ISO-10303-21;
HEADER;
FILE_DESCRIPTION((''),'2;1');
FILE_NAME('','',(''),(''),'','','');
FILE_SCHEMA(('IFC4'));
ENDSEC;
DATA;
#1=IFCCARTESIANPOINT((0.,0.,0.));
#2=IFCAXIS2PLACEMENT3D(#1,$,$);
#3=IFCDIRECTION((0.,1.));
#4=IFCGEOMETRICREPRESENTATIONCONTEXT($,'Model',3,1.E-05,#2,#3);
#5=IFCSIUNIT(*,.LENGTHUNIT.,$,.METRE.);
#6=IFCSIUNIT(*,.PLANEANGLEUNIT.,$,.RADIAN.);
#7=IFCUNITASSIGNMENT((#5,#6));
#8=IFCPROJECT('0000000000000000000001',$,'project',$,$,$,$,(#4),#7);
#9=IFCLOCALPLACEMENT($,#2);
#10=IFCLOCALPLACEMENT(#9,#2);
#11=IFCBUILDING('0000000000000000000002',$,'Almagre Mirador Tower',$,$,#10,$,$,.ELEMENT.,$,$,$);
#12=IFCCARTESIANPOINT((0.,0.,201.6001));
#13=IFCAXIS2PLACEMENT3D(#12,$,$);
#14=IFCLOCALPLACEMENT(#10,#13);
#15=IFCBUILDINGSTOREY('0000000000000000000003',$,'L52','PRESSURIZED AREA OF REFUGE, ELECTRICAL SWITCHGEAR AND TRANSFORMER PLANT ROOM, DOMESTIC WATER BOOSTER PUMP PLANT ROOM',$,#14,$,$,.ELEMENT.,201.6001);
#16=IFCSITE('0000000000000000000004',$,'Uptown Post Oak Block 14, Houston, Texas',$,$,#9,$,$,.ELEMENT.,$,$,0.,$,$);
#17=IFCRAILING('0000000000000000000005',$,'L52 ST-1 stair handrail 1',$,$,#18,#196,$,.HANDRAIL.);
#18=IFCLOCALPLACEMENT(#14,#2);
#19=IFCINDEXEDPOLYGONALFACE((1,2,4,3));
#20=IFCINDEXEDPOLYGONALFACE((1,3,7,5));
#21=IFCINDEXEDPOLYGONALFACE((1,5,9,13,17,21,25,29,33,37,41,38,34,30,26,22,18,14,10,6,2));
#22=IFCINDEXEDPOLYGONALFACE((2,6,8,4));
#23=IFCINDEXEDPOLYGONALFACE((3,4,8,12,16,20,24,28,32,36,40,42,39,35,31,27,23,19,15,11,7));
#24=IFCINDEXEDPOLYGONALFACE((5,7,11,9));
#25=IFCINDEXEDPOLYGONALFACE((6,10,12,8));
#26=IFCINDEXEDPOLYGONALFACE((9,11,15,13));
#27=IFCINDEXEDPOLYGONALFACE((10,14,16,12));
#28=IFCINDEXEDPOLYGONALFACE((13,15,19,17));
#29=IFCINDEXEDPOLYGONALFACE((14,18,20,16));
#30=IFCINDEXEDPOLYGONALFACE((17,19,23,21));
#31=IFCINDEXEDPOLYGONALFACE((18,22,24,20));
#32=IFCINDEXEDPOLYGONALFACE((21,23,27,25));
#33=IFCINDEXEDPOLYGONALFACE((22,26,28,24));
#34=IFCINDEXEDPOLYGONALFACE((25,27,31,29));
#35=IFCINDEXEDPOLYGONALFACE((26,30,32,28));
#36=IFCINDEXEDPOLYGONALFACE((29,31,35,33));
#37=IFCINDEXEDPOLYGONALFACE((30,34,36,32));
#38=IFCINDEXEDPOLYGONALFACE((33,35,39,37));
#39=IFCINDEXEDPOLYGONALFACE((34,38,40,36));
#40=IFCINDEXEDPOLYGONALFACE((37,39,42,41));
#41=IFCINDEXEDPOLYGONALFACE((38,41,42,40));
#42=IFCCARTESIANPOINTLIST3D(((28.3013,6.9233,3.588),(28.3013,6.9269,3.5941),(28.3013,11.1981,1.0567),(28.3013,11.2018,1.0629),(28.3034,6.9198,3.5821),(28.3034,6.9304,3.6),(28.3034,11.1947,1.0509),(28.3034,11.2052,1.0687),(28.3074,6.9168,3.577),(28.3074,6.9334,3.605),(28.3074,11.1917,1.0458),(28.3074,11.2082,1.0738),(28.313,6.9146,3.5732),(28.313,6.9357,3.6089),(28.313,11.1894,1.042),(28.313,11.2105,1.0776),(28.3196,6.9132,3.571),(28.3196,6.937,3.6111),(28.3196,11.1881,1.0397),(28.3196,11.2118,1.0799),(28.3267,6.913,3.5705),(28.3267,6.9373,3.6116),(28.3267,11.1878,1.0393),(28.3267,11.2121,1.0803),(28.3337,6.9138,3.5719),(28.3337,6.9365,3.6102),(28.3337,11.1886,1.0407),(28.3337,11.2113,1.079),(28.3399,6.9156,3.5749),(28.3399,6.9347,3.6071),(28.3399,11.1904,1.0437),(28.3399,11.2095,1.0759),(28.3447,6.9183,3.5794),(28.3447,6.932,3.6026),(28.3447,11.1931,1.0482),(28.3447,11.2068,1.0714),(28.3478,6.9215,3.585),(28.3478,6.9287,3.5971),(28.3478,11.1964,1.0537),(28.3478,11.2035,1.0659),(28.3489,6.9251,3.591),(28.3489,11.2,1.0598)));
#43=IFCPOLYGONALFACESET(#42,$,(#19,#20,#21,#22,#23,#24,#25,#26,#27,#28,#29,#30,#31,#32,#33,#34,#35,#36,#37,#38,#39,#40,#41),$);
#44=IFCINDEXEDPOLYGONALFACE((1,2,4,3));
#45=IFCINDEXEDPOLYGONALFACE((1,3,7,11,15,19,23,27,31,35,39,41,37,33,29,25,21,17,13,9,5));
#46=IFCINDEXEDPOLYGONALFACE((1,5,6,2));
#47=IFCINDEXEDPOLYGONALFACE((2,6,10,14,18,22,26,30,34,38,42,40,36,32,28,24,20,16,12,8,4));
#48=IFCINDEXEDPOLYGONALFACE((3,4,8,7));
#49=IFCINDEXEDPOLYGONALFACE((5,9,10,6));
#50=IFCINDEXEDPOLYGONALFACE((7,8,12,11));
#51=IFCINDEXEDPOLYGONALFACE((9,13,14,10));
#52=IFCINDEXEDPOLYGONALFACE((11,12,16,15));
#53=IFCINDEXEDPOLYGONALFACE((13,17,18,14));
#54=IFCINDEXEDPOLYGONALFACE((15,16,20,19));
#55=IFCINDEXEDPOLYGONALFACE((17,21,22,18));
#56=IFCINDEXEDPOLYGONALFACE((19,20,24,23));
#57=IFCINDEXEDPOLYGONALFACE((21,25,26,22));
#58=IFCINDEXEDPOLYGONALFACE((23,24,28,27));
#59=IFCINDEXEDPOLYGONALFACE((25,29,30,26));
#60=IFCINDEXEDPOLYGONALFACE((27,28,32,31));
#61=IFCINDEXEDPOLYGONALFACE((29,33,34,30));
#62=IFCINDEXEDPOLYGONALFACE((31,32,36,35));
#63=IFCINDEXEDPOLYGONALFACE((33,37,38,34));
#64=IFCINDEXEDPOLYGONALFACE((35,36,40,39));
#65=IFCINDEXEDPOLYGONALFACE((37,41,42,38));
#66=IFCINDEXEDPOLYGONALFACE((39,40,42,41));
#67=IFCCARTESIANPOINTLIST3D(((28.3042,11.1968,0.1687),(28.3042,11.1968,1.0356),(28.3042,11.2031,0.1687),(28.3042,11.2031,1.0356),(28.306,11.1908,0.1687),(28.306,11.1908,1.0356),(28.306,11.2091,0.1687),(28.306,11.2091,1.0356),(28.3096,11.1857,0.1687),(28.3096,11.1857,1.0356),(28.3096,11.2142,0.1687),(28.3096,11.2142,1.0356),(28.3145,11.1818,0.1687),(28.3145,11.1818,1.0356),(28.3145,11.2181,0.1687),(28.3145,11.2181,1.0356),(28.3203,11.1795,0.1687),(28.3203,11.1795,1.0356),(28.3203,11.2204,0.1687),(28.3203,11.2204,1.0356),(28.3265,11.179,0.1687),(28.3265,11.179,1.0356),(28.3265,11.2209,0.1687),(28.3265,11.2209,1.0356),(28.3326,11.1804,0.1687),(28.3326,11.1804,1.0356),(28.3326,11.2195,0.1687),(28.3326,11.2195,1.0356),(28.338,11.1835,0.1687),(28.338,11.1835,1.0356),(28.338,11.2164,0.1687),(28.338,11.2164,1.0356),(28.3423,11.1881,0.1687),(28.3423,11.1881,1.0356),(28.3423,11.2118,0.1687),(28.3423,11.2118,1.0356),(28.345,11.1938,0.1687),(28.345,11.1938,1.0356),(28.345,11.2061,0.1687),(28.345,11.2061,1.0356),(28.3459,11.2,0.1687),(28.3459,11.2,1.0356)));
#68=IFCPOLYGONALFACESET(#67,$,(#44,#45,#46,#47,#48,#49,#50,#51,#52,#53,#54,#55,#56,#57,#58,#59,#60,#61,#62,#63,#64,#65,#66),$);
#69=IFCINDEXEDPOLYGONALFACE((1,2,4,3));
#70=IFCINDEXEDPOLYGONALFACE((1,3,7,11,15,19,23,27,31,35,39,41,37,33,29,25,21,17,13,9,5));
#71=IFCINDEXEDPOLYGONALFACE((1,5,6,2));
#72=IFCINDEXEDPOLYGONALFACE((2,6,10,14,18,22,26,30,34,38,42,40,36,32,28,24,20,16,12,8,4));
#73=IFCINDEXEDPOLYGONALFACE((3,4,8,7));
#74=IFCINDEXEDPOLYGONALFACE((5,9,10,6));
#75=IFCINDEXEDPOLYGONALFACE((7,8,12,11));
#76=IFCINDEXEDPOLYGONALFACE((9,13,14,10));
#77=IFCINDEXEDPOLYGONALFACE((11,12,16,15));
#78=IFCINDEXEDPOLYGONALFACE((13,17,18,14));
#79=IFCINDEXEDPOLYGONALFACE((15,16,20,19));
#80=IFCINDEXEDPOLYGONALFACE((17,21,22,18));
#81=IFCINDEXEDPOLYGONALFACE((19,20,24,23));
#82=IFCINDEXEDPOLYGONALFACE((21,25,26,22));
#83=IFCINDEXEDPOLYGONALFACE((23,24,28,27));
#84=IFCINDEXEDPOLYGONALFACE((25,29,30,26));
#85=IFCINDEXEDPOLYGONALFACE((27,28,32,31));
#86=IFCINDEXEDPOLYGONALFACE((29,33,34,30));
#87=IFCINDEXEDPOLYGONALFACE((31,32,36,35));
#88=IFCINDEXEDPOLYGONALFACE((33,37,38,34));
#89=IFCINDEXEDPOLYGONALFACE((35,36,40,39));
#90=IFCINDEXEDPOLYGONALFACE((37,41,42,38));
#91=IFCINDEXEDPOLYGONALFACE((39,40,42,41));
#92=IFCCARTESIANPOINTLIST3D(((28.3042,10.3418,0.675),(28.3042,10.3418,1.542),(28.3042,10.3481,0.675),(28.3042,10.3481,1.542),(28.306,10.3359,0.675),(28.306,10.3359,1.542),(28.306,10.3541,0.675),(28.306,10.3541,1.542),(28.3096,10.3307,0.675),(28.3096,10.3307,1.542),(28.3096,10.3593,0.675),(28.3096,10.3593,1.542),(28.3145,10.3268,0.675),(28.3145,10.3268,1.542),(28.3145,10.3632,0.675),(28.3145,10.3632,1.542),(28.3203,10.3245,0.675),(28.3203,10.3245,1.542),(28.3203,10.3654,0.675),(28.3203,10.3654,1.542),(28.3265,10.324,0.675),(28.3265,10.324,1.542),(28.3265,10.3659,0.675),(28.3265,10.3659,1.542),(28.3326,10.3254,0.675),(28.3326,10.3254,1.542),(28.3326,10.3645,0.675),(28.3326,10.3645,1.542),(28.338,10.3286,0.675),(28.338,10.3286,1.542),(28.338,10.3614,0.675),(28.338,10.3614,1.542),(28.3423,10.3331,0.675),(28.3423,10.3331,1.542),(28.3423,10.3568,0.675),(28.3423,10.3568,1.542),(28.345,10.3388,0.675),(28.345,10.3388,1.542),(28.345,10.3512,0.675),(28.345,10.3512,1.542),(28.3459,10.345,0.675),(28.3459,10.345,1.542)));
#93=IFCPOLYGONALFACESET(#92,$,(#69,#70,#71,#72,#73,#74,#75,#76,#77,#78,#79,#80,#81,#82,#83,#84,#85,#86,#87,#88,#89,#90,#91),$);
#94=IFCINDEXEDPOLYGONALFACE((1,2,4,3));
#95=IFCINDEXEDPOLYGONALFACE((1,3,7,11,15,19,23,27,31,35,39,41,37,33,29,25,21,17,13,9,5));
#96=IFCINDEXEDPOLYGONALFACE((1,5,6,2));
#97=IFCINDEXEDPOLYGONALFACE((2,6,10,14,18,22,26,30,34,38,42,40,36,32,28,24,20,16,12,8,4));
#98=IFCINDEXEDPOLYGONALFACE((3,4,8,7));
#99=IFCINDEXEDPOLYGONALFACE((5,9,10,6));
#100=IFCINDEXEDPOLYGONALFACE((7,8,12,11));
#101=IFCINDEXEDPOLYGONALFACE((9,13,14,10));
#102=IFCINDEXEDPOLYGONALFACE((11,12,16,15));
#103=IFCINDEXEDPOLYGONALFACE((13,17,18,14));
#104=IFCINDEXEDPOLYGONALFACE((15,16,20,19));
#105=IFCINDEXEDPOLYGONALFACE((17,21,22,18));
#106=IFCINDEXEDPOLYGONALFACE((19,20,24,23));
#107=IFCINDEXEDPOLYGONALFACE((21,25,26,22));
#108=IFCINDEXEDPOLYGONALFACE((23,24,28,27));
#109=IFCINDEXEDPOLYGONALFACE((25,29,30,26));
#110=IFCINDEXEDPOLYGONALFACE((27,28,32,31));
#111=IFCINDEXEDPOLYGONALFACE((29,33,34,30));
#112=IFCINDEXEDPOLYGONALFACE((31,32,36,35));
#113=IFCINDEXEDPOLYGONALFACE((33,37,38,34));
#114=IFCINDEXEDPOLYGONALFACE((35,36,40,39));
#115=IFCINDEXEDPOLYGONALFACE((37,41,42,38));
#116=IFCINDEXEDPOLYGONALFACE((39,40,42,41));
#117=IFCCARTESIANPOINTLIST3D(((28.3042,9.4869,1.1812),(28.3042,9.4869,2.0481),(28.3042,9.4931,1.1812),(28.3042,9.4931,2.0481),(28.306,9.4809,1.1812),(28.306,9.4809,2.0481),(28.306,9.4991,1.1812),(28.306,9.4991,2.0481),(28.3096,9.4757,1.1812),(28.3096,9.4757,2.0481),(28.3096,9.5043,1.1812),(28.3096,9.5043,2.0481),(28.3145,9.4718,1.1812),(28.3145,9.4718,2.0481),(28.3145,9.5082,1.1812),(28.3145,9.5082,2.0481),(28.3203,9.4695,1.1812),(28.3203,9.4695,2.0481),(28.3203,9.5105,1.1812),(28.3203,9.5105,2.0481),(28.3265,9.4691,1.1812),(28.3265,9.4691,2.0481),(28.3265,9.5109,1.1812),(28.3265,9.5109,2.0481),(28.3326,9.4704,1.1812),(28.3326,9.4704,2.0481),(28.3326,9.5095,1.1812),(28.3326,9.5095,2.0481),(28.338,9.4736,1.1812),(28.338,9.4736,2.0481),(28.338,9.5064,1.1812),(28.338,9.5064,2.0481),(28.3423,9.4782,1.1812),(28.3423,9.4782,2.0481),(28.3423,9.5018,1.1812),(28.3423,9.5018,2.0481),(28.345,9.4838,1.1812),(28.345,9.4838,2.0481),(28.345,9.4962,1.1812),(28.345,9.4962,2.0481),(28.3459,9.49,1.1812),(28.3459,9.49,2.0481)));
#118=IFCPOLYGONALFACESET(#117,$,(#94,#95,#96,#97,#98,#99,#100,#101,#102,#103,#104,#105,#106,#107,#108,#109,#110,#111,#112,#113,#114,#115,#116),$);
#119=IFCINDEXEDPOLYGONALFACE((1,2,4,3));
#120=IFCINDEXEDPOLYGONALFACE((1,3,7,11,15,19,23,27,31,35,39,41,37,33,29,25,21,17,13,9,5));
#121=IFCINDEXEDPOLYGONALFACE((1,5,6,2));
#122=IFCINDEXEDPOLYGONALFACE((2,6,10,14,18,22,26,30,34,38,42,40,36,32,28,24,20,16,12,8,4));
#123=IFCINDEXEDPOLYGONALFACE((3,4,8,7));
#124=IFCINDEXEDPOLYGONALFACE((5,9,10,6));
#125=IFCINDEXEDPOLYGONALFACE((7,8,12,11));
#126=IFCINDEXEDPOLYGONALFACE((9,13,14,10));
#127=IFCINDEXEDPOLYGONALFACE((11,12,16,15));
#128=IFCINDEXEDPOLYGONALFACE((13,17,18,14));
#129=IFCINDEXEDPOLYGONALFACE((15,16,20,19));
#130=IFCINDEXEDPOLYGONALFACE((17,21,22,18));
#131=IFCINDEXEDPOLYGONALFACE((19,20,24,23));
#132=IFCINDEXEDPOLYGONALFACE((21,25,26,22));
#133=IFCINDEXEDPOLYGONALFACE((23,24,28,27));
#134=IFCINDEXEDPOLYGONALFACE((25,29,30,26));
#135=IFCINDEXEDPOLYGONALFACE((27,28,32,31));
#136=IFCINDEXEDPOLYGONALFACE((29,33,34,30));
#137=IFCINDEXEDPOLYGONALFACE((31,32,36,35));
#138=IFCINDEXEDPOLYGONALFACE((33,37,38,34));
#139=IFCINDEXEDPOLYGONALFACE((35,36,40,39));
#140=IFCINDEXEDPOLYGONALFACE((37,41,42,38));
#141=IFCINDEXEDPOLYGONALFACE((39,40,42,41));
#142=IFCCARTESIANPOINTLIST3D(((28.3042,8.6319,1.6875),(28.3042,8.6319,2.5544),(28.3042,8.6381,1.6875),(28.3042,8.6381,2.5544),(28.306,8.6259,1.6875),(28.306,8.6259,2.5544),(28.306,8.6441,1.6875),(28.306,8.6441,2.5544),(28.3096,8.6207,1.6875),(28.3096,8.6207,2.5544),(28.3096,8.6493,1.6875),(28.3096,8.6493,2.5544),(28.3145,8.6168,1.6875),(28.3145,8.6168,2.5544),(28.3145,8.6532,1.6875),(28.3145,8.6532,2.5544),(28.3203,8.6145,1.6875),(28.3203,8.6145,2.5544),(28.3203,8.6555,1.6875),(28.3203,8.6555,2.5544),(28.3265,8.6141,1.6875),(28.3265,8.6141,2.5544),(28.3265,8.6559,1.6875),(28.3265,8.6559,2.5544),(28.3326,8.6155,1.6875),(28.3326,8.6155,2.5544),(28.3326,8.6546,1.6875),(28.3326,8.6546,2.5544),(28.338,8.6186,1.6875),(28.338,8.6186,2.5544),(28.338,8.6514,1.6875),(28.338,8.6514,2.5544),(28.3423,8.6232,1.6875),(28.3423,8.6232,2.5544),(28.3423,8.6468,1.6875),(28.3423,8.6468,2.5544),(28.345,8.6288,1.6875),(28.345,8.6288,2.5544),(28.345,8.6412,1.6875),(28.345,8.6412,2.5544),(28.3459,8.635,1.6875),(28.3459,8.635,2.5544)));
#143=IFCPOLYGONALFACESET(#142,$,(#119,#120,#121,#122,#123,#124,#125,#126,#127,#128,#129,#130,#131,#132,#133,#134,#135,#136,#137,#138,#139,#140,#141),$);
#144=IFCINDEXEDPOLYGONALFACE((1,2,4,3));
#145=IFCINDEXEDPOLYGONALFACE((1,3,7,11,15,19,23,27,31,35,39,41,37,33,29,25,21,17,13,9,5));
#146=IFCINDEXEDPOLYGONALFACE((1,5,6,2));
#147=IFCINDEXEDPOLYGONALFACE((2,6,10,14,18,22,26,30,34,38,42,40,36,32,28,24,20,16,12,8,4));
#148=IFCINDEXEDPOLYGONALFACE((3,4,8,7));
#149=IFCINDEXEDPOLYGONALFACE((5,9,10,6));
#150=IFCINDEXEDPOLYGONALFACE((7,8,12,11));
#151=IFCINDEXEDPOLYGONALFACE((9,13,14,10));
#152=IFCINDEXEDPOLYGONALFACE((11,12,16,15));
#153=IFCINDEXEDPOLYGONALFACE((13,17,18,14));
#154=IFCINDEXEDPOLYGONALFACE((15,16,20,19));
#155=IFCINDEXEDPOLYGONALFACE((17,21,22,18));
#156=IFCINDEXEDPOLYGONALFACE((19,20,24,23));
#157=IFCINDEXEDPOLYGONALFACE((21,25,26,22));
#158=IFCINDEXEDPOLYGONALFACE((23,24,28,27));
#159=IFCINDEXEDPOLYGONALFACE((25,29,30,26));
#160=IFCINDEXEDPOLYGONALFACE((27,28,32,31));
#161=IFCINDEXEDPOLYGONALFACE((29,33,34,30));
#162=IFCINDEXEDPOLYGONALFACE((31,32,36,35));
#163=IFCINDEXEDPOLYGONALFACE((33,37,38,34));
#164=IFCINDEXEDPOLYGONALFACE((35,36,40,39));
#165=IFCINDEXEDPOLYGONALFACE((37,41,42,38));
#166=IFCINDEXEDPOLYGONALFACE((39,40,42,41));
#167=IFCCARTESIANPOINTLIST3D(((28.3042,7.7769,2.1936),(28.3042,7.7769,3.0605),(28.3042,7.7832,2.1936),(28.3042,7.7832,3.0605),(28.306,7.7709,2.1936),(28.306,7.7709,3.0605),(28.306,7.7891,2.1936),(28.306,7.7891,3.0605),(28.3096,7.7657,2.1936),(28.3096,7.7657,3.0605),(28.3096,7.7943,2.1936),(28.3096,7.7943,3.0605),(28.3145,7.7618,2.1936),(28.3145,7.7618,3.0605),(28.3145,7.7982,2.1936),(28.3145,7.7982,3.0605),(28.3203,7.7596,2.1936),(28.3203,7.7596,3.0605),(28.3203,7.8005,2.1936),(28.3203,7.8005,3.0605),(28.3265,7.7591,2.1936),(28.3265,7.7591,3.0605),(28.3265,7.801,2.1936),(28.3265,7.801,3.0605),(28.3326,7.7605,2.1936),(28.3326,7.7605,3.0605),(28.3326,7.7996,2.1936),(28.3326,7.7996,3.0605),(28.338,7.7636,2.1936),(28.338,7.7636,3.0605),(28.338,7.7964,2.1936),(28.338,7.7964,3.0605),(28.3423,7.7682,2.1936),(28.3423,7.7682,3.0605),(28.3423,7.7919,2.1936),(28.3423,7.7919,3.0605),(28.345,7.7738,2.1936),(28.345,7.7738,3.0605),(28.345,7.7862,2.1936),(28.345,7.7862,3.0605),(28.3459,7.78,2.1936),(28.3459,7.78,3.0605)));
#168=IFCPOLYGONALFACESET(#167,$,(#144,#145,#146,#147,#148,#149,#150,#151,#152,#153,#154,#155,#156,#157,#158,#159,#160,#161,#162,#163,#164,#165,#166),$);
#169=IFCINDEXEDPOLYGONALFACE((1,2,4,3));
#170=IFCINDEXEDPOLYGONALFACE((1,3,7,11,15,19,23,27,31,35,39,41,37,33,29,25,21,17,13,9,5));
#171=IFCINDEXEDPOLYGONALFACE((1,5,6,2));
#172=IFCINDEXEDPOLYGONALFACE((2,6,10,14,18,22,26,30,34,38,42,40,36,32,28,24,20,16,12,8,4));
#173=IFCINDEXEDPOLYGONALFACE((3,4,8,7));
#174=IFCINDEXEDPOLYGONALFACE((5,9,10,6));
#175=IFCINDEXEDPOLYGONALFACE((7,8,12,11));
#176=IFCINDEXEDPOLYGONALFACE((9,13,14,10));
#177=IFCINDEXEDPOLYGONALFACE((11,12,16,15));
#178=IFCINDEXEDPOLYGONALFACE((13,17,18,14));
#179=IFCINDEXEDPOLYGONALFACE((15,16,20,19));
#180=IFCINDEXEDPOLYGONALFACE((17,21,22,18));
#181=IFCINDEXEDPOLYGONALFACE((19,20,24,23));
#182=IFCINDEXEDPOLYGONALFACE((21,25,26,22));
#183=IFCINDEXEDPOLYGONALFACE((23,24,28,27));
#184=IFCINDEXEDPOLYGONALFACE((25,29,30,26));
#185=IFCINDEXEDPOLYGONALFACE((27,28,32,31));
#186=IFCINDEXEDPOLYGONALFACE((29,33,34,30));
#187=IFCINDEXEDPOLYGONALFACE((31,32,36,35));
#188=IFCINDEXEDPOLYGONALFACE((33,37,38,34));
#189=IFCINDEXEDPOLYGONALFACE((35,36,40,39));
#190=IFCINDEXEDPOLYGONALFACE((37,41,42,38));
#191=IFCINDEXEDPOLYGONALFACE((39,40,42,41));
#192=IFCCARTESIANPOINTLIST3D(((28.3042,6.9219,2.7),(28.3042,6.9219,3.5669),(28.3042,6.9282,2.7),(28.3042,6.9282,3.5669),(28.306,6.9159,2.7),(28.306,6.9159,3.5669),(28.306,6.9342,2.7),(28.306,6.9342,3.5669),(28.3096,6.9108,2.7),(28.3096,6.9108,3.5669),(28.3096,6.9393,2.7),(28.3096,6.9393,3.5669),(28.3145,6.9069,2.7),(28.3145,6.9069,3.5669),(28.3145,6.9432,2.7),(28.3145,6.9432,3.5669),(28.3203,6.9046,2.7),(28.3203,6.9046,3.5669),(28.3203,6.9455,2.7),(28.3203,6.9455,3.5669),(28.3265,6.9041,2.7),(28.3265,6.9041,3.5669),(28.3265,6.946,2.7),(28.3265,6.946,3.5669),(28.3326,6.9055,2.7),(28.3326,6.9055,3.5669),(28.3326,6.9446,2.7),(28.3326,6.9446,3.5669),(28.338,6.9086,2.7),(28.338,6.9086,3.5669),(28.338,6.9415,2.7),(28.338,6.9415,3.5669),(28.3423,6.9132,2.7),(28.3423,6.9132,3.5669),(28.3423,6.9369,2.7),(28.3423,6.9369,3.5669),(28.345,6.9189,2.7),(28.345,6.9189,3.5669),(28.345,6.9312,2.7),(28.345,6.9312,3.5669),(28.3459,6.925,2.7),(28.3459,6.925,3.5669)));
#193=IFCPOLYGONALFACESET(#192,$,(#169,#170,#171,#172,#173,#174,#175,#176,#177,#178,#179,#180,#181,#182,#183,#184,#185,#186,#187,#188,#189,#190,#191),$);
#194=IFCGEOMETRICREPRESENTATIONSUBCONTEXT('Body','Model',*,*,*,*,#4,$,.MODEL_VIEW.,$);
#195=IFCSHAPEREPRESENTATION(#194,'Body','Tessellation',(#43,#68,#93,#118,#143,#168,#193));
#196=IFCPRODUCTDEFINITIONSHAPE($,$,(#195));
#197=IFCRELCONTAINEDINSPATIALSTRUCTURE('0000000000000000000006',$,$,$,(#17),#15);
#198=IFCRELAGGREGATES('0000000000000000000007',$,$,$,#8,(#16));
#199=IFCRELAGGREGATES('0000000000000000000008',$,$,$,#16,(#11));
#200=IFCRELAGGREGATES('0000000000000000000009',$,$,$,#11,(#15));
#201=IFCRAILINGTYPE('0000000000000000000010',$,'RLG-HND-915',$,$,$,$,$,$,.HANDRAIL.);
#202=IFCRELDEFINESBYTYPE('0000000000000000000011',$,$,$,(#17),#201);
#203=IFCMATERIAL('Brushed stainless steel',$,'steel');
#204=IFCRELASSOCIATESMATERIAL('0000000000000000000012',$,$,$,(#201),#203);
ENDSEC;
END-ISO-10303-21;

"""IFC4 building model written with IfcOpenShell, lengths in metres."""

from ifc_helpers import new_model, si_unit, direction, frame, origin, origin_2d, place, context, subcontext, project, spatial, circle, extrude, material, type_object, element, save


model = new_model("IFC4")

# Units and contexts
model_context = context("Model", 3, precision=1e-05, world=origin(), true_north=direction((0.0, 1.0)))
body_context = subcontext(model_context, "Body", "Model", "MODEL_VIEW")
ifc_project = project(units=[si_unit("LENGTHUNIT", "METRE"), si_unit("PLANEANGLEUNIT", "RADIAN")], contexts=[model_context])

# Site, building, storey
site_placement = place(None, origin())
site = spatial("IfcSite", under=ifc_project, at=site_placement, Name="Uptown Post Oak Block 14, Houston, Texas", CompositionType="ELEMENT", RefElevation=0.0)
building_placement = place(site_placement, origin())
building = spatial("IfcBuilding", under=site, at=building_placement, Name="Almagre Mirador Tower", CompositionType="ELEMENT")
storey_placement = place(building_placement, frame((0.0, 0.0, 201.6001)))
storey = spatial("IfcBuildingStorey", under=building, at=storey_placement, Name="L52", Description="PRESSURIZED AREA OF REFUGE, ELECTRICAL SWITCHGEAR AND TRANSFORMER PLANT ROOM, DOMESTIC WATER BOOSTER PUMP PLANT ROOM", CompositionType="ELEMENT", Elevation=201.6001)

# Railing
ifc_material_1 = material(Name="Brushed stainless steel", Category="steel")
railing_type = type_object("IfcRailingType", Name="RLG-HND-915", PredefinedType="HANDRAIL", material=ifc_material_1)
railing_placement = place(storey_placement, frame((28.325, 11.2, 0.1687)))
element("IfcRailing", 1, at=railing_placement, inside=storey, type_object=railing_type, Name="L52 ST-1 stair handrail 1", PredefinedType="HANDRAIL", context=body_context, shape_type="SweptSolid", body=[
    extrude(circle(Radius=0.0239, at=origin_2d()), frame((0.0, 0.0, 0.8911), z_axis=(0.0, -0.86047, 0.509501), x_axis=(1.0, 0.0, 0.0)), (0.0, 0.0, 1.0), 4.968),
    extrude(circle(Radius=0.021, at=origin_2d()), origin(), (0.0, 0.0, 1.0), 0.8669),
    extrude(circle(Radius=0.021, at=origin_2d()), frame((0.0, -0.855, 0.5063)), (0.0, 0.0, 1.0), 0.8669),
    extrude(circle(Radius=0.021, at=origin_2d()), frame((0.0, -1.71, 1.0125)), (0.0, 0.0, 1.0), 0.8669),
    extrude(circle(Radius=0.021, at=origin_2d()), frame((0.0, -2.5649, 1.5188)), (0.0, 0.0, 1.0), 0.8669),
    extrude(circle(Radius=0.021, at=origin_2d()), frame((0.0, -3.4199, 2.0249)), (0.0, 0.0, 1.0), 0.8669),
    extrude(circle(Radius=0.021, at=origin_2d()), frame((0.0, -4.2749, 2.5312)), (0.0, 0.0, 1.0), 0.8669),
])

save(model, "model.ifc")
